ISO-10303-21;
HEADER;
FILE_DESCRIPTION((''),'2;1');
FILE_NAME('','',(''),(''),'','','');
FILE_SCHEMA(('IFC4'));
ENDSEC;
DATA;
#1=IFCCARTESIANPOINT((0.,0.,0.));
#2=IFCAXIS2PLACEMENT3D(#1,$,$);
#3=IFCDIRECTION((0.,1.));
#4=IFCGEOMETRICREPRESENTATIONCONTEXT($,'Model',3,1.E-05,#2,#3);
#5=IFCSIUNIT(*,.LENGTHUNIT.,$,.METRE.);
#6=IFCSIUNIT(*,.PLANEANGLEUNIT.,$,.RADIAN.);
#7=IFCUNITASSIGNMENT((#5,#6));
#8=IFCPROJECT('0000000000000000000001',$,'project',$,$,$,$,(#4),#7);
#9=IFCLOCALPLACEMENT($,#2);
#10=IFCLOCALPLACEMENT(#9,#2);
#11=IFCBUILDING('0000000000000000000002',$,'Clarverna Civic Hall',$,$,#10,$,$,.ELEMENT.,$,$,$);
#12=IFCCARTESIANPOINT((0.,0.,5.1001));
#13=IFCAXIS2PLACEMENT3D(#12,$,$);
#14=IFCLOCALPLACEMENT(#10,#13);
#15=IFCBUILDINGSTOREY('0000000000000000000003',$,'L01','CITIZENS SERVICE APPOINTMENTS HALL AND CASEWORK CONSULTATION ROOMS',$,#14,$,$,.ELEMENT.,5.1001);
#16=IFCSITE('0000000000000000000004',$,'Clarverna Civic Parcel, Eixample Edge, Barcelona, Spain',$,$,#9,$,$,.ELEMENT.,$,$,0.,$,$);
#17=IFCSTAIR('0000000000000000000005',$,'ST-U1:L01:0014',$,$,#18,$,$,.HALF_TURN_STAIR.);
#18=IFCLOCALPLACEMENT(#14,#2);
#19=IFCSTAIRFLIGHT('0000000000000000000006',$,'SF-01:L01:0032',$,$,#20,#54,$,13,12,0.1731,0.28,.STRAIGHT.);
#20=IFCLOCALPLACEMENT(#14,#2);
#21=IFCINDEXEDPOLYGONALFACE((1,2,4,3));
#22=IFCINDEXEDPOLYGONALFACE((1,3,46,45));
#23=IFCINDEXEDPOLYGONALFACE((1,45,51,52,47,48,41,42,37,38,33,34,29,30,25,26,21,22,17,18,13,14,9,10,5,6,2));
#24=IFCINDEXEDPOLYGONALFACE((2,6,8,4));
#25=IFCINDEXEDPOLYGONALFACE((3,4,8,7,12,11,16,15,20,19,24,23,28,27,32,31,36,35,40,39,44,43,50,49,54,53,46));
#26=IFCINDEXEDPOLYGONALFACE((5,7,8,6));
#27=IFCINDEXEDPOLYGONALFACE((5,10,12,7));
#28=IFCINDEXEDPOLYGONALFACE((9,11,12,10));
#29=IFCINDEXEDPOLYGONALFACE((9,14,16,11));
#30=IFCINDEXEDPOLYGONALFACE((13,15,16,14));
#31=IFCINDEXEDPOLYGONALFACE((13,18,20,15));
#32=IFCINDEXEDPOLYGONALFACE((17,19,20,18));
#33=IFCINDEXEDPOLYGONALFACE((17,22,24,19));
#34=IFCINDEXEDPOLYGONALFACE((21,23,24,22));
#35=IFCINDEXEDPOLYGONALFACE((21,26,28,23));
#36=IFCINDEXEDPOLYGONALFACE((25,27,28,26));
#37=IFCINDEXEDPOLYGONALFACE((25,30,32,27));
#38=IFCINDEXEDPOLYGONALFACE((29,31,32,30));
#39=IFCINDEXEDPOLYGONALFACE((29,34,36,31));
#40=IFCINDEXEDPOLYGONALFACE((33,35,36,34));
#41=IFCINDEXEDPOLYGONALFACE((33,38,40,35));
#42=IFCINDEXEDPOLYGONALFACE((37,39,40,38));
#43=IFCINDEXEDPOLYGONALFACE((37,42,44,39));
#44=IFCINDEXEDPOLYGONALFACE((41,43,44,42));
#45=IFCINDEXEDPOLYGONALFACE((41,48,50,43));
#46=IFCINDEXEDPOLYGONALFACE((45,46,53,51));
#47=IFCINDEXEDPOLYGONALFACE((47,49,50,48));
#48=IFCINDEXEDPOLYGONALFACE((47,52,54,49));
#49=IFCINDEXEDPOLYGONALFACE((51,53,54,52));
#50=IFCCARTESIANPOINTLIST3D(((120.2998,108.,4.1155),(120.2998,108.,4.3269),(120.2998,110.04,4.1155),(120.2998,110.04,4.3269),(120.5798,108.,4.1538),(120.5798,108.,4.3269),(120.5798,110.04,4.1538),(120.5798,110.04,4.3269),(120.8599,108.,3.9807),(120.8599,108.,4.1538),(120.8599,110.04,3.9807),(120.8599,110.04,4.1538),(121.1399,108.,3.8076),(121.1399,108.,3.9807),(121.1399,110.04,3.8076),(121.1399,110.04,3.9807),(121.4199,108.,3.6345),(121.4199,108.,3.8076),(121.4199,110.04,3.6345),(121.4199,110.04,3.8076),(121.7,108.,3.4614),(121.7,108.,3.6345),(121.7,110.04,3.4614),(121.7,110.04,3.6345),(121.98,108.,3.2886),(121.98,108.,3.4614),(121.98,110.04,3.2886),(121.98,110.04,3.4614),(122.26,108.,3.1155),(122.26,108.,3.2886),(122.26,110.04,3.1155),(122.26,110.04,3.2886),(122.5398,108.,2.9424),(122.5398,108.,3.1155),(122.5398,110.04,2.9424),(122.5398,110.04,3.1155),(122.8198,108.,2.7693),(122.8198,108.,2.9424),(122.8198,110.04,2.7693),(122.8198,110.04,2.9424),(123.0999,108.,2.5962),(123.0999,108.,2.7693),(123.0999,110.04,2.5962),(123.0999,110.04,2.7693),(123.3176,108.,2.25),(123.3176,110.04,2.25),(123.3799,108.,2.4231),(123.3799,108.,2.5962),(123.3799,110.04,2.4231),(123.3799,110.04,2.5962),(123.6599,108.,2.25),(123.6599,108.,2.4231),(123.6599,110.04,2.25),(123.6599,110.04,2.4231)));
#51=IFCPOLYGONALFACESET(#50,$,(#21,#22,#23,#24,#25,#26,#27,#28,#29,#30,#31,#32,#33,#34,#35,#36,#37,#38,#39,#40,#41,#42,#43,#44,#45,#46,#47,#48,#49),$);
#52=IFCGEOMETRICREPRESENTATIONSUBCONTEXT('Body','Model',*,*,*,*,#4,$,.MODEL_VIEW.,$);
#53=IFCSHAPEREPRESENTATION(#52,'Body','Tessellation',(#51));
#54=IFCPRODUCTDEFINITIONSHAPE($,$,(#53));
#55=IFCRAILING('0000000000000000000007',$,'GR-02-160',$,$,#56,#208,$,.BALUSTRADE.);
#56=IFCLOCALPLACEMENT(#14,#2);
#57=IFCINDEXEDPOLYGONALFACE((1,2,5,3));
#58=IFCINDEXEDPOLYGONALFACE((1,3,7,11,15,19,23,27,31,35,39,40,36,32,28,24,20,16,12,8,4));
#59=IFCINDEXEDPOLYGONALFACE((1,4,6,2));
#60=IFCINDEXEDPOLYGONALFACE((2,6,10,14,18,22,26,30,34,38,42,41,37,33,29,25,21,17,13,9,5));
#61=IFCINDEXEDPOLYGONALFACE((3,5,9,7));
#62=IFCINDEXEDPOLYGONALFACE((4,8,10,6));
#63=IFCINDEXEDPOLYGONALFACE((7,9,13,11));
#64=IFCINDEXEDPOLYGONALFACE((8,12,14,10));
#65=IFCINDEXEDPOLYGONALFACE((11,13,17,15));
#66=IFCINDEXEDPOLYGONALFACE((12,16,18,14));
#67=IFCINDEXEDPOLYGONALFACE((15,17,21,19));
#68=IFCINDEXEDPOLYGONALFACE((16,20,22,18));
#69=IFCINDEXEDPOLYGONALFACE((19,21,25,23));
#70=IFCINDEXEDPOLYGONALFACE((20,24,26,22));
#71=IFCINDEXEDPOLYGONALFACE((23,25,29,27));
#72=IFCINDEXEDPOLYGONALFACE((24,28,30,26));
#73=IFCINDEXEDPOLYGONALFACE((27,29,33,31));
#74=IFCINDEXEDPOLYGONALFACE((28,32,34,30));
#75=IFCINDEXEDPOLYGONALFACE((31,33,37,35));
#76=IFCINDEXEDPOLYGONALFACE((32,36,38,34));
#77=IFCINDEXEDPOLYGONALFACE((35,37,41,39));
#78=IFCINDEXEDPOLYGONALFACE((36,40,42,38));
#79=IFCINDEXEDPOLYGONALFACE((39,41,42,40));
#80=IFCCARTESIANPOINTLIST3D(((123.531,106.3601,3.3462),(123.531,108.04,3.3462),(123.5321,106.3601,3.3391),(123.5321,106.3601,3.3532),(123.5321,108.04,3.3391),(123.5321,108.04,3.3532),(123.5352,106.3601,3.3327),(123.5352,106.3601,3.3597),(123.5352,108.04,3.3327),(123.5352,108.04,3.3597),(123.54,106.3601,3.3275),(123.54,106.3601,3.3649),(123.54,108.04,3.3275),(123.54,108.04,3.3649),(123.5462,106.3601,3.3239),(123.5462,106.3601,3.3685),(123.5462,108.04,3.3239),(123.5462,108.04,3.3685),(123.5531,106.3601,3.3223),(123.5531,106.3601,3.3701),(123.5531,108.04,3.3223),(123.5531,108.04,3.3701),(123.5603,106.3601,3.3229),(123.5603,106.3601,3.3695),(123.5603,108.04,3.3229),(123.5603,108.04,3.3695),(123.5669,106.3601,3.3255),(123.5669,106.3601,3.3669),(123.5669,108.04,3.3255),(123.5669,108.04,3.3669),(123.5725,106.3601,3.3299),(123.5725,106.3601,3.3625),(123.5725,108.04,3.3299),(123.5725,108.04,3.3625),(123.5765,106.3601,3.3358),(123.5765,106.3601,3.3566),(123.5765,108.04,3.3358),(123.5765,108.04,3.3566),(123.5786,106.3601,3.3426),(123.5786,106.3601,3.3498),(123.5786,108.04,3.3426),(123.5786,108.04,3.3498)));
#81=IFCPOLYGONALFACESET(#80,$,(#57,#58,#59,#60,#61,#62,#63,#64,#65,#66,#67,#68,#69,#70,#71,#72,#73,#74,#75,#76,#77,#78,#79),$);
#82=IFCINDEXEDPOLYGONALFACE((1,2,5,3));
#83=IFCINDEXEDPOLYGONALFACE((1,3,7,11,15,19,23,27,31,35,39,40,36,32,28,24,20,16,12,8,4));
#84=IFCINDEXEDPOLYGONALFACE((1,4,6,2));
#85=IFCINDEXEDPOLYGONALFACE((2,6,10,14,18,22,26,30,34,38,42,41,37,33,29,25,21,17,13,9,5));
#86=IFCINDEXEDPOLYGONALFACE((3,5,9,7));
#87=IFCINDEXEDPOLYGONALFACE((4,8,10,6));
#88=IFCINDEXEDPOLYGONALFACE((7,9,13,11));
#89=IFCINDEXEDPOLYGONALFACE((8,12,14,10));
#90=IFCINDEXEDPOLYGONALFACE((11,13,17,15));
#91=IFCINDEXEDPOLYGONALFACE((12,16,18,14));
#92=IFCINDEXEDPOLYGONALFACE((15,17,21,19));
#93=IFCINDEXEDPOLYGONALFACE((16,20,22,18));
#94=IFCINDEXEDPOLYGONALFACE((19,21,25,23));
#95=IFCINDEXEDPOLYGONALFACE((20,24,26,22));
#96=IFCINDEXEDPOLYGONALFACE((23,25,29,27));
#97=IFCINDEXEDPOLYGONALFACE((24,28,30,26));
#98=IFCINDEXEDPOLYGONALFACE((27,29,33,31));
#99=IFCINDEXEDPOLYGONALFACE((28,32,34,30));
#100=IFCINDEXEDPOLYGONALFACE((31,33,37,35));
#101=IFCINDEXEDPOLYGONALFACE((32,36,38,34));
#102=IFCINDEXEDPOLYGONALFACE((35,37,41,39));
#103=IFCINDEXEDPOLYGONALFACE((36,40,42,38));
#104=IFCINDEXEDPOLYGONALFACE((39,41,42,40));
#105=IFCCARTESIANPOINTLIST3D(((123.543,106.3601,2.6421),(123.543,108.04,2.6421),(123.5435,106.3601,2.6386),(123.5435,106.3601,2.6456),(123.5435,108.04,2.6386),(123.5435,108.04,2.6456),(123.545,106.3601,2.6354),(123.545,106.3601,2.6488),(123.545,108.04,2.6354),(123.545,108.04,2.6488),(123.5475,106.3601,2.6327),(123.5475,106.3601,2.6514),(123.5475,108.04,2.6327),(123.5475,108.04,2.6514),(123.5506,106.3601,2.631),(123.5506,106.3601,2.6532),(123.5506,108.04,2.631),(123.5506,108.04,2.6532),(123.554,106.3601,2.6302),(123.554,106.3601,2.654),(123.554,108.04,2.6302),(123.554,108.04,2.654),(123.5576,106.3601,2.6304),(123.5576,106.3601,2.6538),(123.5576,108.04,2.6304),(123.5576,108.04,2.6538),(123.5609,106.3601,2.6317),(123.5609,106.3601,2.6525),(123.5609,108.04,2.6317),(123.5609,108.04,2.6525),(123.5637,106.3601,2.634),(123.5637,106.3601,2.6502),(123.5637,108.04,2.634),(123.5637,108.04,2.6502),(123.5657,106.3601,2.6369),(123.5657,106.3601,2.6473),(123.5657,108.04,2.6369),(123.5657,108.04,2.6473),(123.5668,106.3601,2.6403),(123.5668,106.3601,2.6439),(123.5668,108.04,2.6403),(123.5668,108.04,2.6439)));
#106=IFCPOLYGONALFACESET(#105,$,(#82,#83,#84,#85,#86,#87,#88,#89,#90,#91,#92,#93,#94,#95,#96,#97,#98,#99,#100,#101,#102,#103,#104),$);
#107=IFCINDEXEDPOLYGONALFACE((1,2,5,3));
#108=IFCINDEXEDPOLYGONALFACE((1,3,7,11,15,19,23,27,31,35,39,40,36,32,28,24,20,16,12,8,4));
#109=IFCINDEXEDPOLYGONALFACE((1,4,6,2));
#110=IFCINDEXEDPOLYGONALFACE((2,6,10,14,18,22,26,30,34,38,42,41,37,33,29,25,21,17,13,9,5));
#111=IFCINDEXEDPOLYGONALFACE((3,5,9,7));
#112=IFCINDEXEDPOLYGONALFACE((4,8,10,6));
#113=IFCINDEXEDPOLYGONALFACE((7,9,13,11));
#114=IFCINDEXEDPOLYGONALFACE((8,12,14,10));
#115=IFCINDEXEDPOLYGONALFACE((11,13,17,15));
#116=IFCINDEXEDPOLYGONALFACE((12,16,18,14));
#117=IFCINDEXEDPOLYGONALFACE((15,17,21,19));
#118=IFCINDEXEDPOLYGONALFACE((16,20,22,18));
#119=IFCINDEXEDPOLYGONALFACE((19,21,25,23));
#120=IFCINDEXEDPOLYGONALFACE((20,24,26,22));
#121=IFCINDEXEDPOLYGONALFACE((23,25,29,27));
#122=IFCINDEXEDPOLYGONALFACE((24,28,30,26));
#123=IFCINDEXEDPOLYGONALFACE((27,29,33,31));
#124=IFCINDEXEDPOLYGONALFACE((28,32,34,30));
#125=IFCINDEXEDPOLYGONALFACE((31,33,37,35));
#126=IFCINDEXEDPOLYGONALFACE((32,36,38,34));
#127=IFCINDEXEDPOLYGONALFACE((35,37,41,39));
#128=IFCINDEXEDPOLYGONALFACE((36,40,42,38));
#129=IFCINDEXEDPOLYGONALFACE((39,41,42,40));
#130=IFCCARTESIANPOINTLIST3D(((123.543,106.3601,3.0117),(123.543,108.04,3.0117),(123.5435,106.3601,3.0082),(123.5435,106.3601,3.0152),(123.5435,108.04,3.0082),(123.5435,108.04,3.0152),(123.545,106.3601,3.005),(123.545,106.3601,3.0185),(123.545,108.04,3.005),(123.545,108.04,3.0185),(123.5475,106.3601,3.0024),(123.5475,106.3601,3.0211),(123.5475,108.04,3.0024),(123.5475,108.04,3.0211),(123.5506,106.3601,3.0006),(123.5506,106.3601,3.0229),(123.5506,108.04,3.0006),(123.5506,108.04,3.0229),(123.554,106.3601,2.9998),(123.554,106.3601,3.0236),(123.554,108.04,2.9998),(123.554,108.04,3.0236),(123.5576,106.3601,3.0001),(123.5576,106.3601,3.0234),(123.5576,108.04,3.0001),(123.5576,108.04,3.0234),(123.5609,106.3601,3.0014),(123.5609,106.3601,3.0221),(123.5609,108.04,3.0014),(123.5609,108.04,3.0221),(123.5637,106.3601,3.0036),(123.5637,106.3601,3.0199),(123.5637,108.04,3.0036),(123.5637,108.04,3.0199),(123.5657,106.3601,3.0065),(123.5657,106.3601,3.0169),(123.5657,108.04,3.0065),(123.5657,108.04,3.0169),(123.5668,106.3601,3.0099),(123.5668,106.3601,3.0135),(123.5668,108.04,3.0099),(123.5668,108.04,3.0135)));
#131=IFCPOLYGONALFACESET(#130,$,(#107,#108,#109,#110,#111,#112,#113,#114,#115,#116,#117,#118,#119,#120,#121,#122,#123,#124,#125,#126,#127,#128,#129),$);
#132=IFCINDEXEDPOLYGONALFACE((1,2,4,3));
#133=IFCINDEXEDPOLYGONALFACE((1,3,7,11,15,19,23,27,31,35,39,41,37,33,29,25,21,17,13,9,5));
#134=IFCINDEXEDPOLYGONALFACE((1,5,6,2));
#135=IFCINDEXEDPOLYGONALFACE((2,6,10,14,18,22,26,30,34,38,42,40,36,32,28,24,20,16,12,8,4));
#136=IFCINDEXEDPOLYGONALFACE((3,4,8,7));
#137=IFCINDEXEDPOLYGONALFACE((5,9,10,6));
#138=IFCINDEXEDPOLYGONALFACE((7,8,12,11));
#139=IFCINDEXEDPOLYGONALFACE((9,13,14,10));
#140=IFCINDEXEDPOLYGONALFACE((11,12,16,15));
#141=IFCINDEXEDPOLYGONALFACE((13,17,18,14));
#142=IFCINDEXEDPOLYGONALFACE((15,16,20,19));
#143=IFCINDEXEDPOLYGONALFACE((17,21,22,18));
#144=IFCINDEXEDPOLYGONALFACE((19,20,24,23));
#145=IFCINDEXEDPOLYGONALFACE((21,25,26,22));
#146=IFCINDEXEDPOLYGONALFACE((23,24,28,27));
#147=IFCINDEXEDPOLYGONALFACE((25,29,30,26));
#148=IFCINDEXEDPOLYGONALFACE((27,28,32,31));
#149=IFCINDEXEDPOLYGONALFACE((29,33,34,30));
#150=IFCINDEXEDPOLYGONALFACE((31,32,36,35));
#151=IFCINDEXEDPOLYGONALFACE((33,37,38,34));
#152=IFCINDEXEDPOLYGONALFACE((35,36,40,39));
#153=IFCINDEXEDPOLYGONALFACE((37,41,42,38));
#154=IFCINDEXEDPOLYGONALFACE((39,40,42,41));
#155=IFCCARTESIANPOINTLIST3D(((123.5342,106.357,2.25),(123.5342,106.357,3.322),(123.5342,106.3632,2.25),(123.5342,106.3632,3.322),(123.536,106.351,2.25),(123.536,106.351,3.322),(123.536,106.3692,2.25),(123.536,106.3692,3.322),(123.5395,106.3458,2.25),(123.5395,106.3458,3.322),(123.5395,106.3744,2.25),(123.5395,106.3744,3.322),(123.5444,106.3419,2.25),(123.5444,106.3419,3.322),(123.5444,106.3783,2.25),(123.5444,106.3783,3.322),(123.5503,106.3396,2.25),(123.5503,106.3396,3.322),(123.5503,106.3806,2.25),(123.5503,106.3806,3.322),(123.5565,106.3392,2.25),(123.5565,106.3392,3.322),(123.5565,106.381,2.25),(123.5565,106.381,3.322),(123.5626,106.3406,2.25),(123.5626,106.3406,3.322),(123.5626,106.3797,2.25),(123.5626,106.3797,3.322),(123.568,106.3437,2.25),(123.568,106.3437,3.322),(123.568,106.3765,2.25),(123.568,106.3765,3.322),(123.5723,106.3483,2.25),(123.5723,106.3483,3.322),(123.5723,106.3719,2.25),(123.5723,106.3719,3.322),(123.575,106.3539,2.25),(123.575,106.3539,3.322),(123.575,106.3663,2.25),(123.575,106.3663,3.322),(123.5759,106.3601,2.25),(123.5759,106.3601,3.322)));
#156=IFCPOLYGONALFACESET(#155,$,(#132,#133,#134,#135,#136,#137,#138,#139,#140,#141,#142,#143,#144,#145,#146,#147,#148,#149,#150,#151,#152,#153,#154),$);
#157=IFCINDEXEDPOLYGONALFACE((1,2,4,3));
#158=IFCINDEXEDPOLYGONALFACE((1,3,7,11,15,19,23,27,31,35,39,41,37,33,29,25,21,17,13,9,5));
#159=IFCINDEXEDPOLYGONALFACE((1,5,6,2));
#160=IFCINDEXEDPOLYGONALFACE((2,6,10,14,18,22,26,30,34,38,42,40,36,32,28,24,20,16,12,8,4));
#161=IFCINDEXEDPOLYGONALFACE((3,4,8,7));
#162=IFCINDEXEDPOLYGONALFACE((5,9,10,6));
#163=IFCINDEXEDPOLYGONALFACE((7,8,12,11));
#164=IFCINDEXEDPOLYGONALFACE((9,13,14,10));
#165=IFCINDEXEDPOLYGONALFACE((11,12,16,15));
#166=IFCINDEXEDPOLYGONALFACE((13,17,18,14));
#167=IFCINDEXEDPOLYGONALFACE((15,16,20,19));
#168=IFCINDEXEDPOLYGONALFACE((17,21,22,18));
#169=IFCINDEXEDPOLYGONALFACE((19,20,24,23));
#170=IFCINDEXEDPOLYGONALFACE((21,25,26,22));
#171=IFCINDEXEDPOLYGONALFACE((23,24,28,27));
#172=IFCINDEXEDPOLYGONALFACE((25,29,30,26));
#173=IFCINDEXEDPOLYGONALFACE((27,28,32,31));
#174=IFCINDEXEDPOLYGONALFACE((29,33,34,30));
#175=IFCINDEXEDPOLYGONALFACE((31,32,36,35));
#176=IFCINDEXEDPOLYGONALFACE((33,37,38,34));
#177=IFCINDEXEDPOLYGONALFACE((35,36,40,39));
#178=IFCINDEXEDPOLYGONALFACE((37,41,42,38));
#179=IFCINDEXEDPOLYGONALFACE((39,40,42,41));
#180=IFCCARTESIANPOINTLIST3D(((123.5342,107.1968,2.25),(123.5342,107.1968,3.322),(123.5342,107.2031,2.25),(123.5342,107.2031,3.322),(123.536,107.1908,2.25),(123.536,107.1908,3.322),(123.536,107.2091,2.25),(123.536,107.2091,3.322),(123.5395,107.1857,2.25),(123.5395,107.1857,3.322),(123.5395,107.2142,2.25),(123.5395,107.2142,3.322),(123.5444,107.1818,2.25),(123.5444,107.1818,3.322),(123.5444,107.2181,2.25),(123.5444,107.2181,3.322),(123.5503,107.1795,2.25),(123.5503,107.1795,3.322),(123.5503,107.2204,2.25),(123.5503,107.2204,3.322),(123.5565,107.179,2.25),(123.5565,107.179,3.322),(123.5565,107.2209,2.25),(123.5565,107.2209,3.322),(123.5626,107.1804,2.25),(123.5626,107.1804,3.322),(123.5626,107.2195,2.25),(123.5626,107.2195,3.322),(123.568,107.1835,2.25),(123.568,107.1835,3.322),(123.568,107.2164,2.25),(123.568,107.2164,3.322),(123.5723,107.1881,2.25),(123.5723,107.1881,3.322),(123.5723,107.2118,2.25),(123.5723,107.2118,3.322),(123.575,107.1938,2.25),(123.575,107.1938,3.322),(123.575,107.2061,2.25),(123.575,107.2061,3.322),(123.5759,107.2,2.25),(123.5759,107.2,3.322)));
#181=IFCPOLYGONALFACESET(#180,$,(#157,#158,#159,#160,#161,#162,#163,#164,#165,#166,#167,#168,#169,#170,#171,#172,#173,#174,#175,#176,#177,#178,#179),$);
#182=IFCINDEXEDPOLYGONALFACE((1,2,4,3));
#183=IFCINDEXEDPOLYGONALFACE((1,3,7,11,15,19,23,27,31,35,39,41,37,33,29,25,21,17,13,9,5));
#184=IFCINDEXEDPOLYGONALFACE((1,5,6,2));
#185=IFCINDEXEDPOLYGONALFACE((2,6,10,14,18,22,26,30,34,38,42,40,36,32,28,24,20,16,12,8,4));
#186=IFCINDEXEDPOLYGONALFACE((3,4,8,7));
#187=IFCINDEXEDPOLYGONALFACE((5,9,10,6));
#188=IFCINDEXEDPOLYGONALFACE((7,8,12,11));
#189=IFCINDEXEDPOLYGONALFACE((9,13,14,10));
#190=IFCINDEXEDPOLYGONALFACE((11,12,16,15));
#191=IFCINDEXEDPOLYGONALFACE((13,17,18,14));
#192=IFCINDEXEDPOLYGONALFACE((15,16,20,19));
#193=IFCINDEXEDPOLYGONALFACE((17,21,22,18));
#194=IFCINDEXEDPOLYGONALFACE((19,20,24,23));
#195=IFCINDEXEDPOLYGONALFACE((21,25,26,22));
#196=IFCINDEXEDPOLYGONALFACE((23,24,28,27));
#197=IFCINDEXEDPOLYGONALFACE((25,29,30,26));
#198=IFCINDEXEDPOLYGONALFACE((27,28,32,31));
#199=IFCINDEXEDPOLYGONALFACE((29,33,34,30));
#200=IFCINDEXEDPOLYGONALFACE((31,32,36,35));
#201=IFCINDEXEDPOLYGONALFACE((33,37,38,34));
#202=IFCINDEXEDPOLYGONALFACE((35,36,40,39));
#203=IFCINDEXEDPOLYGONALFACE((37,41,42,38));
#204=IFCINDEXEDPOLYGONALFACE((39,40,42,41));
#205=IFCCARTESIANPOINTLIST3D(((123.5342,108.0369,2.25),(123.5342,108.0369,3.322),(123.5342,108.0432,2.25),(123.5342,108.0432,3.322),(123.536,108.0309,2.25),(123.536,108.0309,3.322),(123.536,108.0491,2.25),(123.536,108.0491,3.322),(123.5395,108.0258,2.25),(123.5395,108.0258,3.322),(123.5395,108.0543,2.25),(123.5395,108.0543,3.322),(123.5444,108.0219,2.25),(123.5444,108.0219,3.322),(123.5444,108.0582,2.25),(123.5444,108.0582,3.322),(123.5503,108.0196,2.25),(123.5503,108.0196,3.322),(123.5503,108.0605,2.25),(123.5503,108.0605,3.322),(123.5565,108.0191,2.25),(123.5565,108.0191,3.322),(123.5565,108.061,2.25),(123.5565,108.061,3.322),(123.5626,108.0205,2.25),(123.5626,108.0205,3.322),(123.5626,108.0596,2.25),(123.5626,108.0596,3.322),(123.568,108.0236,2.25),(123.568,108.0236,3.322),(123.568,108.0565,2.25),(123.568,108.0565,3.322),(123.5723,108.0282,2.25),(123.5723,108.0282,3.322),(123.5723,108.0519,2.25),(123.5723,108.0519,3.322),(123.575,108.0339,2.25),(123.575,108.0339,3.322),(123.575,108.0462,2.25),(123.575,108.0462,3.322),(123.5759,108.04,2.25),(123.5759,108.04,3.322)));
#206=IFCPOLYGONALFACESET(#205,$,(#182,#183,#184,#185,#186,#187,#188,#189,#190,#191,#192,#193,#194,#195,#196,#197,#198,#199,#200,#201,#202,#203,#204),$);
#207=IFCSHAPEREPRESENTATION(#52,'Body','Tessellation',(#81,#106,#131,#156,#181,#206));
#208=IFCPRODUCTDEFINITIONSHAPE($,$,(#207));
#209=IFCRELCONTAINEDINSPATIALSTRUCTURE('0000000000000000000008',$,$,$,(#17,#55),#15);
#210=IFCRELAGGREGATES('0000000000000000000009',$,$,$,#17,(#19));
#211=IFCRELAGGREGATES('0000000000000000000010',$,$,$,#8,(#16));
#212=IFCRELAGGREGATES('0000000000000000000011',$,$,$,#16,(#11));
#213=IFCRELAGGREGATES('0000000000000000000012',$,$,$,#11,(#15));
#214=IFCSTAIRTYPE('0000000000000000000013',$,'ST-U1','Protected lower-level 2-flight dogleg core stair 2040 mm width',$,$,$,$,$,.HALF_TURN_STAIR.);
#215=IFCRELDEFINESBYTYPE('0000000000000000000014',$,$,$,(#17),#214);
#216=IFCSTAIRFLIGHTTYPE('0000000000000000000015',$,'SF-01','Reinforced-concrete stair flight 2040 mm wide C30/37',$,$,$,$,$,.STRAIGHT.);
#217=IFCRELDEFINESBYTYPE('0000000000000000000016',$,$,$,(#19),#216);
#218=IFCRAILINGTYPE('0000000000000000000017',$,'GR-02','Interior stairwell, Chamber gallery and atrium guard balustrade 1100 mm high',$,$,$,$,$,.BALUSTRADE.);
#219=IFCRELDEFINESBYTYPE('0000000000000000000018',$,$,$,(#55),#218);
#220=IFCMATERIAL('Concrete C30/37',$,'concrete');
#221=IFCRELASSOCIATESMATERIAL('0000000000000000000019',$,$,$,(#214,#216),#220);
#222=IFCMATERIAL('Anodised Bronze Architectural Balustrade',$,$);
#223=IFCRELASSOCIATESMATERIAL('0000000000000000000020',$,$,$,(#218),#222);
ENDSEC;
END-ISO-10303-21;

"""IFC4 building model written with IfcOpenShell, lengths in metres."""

from ifc_helpers import new_model, si_unit, direction, frame, origin, origin_2d, place, context, subcontext, project, spatial, polyline, circle, outline, extrude, material, type_object, element, aggregate, save


model = new_model("IFC4")

# Units and contexts
model_context = context("Model", 3, precision=1e-05, world=origin(), true_north=direction((0.0, 1.0)))
body_context = subcontext(model_context, "Body", "Model", "MODEL_VIEW")
ifc_project = project(units=[si_unit("LENGTHUNIT", "METRE"), si_unit("PLANEANGLEUNIT", "RADIAN")], contexts=[model_context])

# Site, building, storey
site_placement = place(None, origin())
site = spatial("IfcSite", under=ifc_project, at=site_placement, Name="Clarverna Civic Parcel, Eixample Edge, Barcelona, Spain", CompositionType="ELEMENT", RefElevation=0.0)
building_placement = place(site_placement, origin())
building = spatial("IfcBuilding", under=site, at=building_placement, Name="Clarverna Civic Hall", CompositionType="ELEMENT")
storey_placement = place(building_placement, frame((0.0, 0.0, 5.1001)))
storey = spatial("IfcBuildingStorey", under=building, at=storey_placement, Name="L01", Description="CITIZENS SERVICE APPOINTMENTS HALL AND CASEWORK CONSULTATION ROOMS", CompositionType="ELEMENT", Elevation=5.1001)

# Stair, stair flight
ifc_material_1 = material(Name="Concrete C30/37", Category="concrete")
stair_type = type_object("IfcStairType", Name="ST-U1", Description="Protected lower-level 2-flight dogleg core stair 2040 mm width", PredefinedType="HALF_TURN_STAIR", material=ifc_material_1)
stair_placement = place(storey_placement, origin())
stair = element("IfcStair", 1, at=stair_placement, inside=storey, type_object=stair_type, Name="ST-U1:L01:0014", PredefinedType="HALF_TURN_STAIR")
stair_flight_type = type_object("IfcStairFlightType", Name="SF-01", Description="Reinforced-concrete stair flight 2040 mm wide C30/37", PredefinedType="STRAIGHT", material=ifc_material_1)
stair_flight_placement = place(storey_placement, frame((123.6599, 109.02, 2.25), z_axis=(0.0, 0.0, 1.0), x_axis=(-1.0, 0.0, 0.0)))
stair_flight = element("IfcStairFlight", 2, at=stair_flight_placement, type_object=stair_flight_type, Name="SF-01:L01:0032", NumberOfRisers=13, NumberOfTreads=12, PredefinedType="STRAIGHT", RiserHeight=0.1731, TreadLength=0.28, context=body_context, shape_type="SweptSolid", body=[
    extrude(outline(polyline([(0.0, 0.0), (0.0, 0.1731), (0.28, 0.1731), (0.28, 0.3462), (0.5601, 0.3462), (0.5601, 0.5193), (0.8401, 0.5193), (0.8401, 0.6924), (1.1201, 0.6924), (1.1201, 0.8655), (1.3999, 0.8655), (1.3999, 1.0386), (1.6799, 1.0386), (1.6799, 1.2114), (1.96, 1.2114), (1.96, 1.3845), (2.24, 1.3845), (2.24, 1.5576), (2.52, 1.5576), (2.52, 1.7307), (2.8, 1.7307), (2.8, 1.9038), (3.0801, 1.9038), (3.0801, 2.0769), (3.3601, 2.0769), (3.3601, 2.25), (3.3601, 1.8655), (0.3423, 0.0), (0.0, 0.0)])), frame((0.0, 1.02, 0.0), z_axis=(0.0, -1.0, 0.0), x_axis=(1.0, 0.0, 0.0)), (0.0, 0.0, 1.0), 2.04),
])
aggregate(stair, [stair_flight])

# Railing
ifc_material_2 = material(Name="Anodised Bronze Architectural Balustrade")
railing_type_1 = type_object("IfcRailingType", Name="GR-02", Description="Interior stairwell, Chamber gallery and atrium guard balustrade 1100 mm high", PredefinedType="BALUSTRADE", material=ifc_material_2)
railing_1_placement = place(storey_placement, frame((123.5549, 106.3601, 2.25)))
element("IfcRailing", 3, at=railing_1_placement, inside=storey, type_object=railing_type_1, Name="GR-02-160", PredefinedType="BALUSTRADE", context=body_context, shape_type="SweptSolid", body=[
    extrude(circle(Radius=0.0239, at=origin_2d()), frame((0.0, 0.0, 1.0962), z_axis=(0.0, 1.0, 0.0), x_axis=(-1.0, 0.0, 0.0)), (0.0, 0.0, 1.0), 1.6799),
    extrude(circle(Radius=0.012, at=origin_2d()), frame((0.0, 0.0, 0.3921), z_axis=(0.0, 1.0, 0.0), x_axis=(-1.0, 0.0, 0.0)), (0.0, 0.0, 1.0), 1.6799),
    extrude(circle(Radius=0.012, at=origin_2d()), frame((0.0, 0.0, 0.7617), z_axis=(0.0, 1.0, 0.0), x_axis=(-1.0, 0.0, 0.0)), (0.0, 0.0, 1.0), 1.6799),
    extrude(circle(Radius=0.021, at=origin_2d()), origin(), (0.0, 0.0, 1.0), 1.072),
    extrude(circle(Radius=0.021, at=origin_2d()), frame((0.0, 0.8398, 0.0)), (0.0, 0.0, 1.0), 1.072),
    extrude(circle(Radius=0.021, at=origin_2d()), frame((0.0, 1.6799, 0.0)), (0.0, 0.0, 1.0), 1.072),
])

save(model, "model.ifc")
